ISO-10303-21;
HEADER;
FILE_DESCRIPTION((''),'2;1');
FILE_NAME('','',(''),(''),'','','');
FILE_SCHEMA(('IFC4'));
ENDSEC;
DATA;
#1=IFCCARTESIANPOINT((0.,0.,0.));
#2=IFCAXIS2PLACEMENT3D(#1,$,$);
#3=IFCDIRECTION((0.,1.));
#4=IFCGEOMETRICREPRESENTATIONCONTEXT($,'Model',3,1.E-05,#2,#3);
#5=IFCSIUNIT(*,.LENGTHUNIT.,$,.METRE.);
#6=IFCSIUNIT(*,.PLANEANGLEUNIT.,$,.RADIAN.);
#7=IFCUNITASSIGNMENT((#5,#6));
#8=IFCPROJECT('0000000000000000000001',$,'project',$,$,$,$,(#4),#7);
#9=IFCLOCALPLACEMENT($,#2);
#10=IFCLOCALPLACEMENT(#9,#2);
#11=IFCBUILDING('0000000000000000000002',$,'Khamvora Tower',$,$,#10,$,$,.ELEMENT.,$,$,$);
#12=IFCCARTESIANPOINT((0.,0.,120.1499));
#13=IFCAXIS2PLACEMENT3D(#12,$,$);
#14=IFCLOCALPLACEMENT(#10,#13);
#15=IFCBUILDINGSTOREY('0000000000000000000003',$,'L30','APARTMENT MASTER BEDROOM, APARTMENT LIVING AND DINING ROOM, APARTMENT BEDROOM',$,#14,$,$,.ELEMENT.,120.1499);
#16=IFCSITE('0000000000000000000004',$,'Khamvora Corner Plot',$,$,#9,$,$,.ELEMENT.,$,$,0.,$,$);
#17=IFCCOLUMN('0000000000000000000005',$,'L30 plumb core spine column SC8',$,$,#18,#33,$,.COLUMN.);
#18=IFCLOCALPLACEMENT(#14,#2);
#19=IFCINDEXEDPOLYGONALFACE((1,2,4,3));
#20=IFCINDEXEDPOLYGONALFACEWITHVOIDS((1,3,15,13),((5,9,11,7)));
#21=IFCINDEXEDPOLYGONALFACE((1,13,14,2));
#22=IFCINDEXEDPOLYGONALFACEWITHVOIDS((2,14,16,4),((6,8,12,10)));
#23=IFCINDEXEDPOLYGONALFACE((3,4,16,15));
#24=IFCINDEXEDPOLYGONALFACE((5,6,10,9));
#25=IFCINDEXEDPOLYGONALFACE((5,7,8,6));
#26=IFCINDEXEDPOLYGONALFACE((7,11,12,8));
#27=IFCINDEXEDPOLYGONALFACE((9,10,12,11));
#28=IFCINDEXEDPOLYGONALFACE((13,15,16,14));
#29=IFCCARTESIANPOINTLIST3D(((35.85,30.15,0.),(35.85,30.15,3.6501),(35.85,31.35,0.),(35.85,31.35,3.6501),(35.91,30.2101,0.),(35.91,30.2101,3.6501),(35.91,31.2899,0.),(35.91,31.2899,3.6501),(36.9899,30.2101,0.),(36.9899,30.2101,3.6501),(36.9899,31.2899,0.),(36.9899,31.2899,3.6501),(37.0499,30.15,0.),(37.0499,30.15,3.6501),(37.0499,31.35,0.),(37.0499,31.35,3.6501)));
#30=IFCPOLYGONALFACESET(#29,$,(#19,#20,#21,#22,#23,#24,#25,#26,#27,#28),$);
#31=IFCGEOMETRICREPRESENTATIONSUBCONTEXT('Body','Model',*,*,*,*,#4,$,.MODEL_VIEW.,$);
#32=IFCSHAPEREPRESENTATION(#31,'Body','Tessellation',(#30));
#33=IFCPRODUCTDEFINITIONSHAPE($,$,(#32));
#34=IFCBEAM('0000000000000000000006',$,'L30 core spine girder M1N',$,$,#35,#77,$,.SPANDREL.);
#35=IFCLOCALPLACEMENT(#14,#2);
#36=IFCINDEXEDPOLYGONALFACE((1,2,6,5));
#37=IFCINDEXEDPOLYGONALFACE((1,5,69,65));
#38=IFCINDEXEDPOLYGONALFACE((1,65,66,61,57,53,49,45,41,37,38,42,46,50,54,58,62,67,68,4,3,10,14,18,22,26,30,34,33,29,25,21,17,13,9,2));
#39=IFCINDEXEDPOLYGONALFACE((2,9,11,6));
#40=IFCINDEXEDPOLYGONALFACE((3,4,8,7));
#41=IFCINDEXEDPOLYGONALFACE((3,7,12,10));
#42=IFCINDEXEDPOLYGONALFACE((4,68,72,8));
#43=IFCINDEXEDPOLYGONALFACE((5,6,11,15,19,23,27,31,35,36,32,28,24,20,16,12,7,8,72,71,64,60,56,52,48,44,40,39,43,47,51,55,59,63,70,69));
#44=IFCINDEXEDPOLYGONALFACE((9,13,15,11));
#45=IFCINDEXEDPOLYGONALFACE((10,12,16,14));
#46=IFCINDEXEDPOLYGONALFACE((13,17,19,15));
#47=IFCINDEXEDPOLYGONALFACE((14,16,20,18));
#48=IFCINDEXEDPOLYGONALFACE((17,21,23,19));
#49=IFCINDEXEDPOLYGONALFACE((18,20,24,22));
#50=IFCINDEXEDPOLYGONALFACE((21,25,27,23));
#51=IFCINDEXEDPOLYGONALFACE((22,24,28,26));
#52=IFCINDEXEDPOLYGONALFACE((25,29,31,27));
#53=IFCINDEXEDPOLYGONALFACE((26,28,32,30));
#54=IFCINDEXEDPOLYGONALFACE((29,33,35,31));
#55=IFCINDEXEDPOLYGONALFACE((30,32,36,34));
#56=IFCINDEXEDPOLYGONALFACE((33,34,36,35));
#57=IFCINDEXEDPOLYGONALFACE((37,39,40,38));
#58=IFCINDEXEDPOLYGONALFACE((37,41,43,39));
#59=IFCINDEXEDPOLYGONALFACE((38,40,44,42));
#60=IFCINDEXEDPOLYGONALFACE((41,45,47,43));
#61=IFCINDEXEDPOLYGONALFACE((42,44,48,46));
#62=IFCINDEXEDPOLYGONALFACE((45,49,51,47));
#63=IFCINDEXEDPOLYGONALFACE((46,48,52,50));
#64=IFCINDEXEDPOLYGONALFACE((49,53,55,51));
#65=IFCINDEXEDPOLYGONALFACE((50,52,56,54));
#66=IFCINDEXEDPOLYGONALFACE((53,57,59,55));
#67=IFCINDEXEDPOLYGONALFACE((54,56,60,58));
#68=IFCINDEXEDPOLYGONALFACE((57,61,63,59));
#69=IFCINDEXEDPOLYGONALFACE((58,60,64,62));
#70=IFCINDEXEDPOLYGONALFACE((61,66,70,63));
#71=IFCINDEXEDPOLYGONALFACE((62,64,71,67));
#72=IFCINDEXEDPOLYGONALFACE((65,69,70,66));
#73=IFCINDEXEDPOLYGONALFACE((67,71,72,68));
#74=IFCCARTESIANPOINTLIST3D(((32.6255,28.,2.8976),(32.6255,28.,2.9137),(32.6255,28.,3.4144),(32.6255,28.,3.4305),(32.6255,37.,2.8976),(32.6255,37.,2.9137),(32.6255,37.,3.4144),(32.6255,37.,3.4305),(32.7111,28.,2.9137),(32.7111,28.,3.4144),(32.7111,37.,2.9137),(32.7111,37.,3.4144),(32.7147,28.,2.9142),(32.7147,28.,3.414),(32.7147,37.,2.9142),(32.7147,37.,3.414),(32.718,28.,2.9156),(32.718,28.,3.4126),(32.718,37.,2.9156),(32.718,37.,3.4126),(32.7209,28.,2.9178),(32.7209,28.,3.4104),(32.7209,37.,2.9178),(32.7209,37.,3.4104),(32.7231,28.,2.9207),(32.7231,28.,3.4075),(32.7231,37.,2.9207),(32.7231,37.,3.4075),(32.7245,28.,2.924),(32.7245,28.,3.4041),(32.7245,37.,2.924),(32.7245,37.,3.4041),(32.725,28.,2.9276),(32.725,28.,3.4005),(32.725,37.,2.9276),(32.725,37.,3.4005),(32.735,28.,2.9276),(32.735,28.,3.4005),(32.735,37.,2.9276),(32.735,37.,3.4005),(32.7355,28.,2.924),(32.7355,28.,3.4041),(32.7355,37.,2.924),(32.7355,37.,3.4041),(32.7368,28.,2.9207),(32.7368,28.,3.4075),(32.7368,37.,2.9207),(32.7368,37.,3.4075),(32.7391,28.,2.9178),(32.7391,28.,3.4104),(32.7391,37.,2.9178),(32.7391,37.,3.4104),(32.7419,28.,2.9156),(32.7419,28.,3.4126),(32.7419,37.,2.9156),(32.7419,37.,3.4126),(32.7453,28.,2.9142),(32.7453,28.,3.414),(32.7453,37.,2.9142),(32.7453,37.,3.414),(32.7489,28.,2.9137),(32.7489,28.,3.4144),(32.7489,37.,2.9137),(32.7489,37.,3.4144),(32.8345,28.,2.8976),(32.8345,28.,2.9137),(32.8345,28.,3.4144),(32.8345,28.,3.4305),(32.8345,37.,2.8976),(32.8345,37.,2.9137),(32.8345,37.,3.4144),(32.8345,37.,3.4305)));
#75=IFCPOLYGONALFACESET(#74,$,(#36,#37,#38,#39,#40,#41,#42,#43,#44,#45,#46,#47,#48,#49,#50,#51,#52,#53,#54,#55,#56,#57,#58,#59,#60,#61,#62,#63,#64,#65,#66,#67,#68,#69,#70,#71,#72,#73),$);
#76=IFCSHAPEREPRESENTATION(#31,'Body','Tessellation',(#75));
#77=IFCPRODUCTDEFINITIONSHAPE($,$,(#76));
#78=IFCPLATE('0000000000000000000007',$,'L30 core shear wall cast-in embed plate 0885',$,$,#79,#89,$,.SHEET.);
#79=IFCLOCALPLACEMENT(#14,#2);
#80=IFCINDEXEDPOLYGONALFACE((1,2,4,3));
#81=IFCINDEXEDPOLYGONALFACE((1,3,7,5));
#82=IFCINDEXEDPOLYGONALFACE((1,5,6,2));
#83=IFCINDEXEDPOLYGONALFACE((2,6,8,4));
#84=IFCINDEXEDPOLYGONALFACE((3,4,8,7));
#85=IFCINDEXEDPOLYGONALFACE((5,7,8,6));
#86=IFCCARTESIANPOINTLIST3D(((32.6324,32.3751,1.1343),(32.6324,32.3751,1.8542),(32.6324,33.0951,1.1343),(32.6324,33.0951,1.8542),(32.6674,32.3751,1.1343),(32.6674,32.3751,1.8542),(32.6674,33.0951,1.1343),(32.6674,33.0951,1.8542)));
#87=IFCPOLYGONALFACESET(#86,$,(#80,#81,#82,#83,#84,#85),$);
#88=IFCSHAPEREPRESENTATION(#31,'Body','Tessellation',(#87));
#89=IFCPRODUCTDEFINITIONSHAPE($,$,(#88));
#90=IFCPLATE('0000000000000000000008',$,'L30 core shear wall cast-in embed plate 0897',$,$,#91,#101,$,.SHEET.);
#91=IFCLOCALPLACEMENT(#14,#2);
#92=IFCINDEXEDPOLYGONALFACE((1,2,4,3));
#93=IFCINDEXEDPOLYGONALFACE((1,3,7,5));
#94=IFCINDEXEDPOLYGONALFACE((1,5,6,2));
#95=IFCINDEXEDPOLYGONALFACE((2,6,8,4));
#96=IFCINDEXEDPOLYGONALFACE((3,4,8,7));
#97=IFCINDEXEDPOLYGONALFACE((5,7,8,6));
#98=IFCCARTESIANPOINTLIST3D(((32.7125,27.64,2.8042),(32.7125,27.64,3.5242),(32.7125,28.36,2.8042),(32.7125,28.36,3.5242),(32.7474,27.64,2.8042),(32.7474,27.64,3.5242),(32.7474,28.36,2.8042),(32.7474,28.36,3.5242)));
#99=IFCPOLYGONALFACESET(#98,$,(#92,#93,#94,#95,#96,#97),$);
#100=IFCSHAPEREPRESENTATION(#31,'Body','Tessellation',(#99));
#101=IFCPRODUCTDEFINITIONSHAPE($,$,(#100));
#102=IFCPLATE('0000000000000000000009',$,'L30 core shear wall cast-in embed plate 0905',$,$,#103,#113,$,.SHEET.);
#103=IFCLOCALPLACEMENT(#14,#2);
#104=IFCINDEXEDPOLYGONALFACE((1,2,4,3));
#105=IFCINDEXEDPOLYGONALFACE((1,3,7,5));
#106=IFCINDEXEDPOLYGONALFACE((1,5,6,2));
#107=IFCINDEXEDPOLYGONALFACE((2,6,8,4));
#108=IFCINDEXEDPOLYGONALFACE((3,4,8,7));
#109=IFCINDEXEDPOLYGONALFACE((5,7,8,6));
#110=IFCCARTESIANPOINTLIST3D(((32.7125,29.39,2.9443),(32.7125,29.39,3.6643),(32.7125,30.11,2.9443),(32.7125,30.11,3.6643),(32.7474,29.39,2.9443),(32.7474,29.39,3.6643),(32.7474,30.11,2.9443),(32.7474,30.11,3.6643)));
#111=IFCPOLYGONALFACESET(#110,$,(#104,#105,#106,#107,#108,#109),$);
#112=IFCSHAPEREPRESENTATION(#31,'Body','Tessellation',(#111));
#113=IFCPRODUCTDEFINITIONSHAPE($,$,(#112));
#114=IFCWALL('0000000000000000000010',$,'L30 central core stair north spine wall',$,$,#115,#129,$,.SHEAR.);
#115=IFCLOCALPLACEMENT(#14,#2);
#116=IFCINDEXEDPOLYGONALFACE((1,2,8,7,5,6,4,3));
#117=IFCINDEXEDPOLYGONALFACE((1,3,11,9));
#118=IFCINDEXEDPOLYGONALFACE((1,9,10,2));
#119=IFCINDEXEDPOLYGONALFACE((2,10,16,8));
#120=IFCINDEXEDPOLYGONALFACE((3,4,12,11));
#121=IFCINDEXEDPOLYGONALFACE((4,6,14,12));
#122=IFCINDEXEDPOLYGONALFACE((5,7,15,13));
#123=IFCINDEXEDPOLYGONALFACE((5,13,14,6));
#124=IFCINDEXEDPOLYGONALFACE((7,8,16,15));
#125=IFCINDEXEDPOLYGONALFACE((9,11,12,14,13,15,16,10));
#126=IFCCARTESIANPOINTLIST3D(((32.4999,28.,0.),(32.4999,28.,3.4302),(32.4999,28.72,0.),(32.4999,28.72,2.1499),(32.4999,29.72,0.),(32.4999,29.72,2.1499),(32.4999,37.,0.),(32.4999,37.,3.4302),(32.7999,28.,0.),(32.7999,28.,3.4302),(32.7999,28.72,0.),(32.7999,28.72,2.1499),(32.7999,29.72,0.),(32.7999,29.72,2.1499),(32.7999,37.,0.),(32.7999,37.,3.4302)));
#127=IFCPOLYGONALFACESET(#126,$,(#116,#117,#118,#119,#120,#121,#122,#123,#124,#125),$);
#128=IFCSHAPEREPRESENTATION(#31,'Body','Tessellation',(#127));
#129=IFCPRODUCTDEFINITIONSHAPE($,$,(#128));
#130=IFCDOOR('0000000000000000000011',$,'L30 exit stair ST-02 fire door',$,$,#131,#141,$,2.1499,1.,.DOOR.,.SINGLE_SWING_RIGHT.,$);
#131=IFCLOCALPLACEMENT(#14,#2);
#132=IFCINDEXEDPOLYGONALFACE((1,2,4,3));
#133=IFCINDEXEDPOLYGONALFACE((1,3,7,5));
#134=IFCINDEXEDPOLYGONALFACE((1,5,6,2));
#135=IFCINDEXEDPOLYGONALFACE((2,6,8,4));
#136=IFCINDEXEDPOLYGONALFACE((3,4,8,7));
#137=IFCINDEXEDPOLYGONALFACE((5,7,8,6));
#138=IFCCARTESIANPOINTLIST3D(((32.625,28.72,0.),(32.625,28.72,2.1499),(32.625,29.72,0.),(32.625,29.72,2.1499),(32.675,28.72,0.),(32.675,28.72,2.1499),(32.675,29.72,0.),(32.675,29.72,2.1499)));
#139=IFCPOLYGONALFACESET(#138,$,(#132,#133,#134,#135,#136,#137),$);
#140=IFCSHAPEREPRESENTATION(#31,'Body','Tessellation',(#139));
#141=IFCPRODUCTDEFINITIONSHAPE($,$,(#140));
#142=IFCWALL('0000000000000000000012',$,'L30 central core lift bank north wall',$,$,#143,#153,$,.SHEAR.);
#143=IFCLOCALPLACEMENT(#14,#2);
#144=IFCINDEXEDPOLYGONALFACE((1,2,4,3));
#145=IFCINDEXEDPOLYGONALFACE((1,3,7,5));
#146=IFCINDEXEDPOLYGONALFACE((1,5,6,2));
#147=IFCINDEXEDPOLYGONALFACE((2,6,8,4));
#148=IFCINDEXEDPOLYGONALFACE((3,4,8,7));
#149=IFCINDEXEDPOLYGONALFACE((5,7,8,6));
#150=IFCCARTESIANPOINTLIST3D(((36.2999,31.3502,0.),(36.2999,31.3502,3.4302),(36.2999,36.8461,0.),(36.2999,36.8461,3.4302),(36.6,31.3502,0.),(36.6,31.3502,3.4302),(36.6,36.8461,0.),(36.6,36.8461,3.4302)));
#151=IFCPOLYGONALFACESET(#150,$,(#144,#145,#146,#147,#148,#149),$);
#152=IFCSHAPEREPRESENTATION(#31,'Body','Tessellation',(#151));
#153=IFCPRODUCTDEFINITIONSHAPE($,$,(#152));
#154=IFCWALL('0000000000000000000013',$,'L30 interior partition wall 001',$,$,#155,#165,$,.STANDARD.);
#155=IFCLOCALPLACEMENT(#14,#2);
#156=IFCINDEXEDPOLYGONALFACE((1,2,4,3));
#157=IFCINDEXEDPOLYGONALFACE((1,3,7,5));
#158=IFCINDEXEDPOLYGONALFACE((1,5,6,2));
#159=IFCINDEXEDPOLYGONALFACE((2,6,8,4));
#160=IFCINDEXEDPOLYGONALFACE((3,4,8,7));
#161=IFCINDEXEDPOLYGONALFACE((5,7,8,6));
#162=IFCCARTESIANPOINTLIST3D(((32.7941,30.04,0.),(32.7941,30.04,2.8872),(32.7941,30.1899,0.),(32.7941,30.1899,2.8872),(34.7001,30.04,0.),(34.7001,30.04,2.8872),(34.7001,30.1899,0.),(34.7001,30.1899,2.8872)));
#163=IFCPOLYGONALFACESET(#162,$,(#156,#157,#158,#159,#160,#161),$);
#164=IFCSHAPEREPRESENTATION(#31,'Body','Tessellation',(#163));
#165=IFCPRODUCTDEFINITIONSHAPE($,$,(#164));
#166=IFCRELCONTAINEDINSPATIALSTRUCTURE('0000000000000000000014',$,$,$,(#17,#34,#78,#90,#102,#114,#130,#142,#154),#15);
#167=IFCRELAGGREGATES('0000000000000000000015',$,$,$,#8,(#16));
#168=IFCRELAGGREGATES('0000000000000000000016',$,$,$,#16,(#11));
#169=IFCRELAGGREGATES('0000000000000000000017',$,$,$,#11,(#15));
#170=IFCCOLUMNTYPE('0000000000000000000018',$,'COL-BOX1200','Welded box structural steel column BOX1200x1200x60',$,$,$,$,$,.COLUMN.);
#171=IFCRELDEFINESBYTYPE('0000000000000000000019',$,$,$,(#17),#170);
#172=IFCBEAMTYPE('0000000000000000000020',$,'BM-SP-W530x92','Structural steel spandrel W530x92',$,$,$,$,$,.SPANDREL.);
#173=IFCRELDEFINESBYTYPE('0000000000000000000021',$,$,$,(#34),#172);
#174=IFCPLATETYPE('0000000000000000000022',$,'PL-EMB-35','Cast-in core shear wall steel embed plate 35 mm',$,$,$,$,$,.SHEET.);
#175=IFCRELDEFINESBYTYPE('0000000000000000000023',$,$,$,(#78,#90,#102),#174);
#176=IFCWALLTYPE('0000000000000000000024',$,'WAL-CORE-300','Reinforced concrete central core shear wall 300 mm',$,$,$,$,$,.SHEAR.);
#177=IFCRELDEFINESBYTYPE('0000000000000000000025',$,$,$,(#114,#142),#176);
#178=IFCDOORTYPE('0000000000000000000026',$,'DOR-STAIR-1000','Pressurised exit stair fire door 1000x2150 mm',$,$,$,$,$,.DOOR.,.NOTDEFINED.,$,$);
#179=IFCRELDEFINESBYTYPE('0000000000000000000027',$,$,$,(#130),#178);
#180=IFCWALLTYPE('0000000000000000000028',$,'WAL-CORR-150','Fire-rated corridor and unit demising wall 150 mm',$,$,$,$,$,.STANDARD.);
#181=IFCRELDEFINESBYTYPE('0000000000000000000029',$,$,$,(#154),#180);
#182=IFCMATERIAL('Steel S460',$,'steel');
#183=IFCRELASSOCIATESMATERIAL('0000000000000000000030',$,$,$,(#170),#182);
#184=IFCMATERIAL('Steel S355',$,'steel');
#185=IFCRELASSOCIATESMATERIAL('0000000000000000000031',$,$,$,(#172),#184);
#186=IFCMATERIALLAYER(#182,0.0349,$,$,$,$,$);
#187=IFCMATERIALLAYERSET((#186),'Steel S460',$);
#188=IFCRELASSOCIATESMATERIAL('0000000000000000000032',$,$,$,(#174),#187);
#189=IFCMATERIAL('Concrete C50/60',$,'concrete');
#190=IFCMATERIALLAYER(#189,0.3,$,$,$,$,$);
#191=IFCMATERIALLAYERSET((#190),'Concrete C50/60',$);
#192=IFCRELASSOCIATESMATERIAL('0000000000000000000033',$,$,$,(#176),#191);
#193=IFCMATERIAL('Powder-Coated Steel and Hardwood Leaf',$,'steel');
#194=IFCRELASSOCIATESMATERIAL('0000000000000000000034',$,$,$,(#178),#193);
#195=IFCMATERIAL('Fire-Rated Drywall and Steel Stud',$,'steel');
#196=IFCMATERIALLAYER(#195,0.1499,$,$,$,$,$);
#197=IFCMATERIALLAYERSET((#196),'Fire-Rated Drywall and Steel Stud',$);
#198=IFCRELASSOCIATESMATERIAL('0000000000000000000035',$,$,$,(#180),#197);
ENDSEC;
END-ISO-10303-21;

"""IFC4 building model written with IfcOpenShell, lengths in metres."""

from ifc_helpers import new_model, si_unit, direction, frame, frame_2d, origin, origin_2d, place, context, subcontext, project, spatial, rectangle, hollow_rectangle, i_section, extrude, material, layer, layer_set, material_profile, profile_set, type_object, element, fill, save


model = new_model("IFC4")

# Units and contexts
model_context = context("Model", 3, precision=1e-05, world=origin(), true_north=direction((0.0, 1.0)))
body_context = subcontext(model_context, "Body", "Model", "MODEL_VIEW")
ifc_project = project(units=[si_unit("LENGTHUNIT", "METRE"), si_unit("PLANEANGLEUNIT", "RADIAN")], contexts=[model_context])

# Site, building, storey
site_placement = place(None, origin())
site = spatial("IfcSite", under=ifc_project, at=site_placement, Name="Khamvora Corner Plot", CompositionType="ELEMENT", RefElevation=0.0)
building_placement = place(site_placement, origin())
building = spatial("IfcBuilding", under=site, at=building_placement, Name="Khamvora Tower", CompositionType="ELEMENT")
storey_placement = place(building_placement, frame((0.0, 0.0, 120.1499)))
storey = spatial("IfcBuildingStorey", under=building, at=storey_placement, Name="L30", Description="APARTMENT MASTER BEDROOM, APARTMENT LIVING AND DINING ROOM, APARTMENT BEDROOM", CompositionType="ELEMENT", Elevation=120.1499)

# Column
ifc_material_1 = material(Name="Steel S460", Category="steel")
ifc_material_profile_1 = material_profile(ifc_material_1, hollow_rectangle(XDim=1.2, YDim=1.2, WallThickness=0.0601, at=origin_2d()), Name="BOX1200x1200x60")
ifc_profile_set_1 = profile_set([ifc_material_profile_1], Name="Steel S460")
column_type = type_object("IfcColumnType", Name="COL-BOX1200", Description="Welded box structural steel column BOX1200x1200x60", PredefinedType="COLUMN", material=ifc_profile_set_1)
column_placement = place(storey_placement, frame((36.45, 30.75, 0.0), z_axis=(0.0, 0.0, 1.0), x_axis=(1.0, 0.0, 0.0)))
element("IfcColumn", 1, at=column_placement, inside=storey, type_object=column_type, Name="L30 plumb core spine column SC8", PredefinedType="COLUMN", context=body_context, shape_type="SweptSolid", body=[
    extrude(hollow_rectangle(XDim=1.2, YDim=1.2, WallThickness=0.0601, at=origin_2d()), origin(), (0.0, 0.0, 1.0), 3.6501),
])

# Beam
ifc_material_2 = material(Name="Steel S355", Category="steel")
ifc_material_profile_2 = material_profile(ifc_material_2, i_section(OverallWidth=0.209, OverallDepth=0.533, WebThickness=0.01, FlangeThickness=0.0161, FilletRadius=0.0139, at=origin_2d()), Name="W530x92")
ifc_profile_set_2 = profile_set([ifc_material_profile_2], Name="Steel S355")
beam_type = type_object("IfcBeamType", Name="BM-SP-W530x92", Description="Structural steel spandrel W530x92", PredefinedType="SPANDREL", material=ifc_profile_set_2)
beam_placement = place(storey_placement, frame((32.73, 28.0, 3.1641), z_axis=(0.0, 1.0, 0.0), x_axis=(-1.0, 0.0, 0.0)))
element("IfcBeam", 2, at=beam_placement, inside=storey, type_object=beam_type, Name="L30 core spine girder M1N", PredefinedType="SPANDREL", context=body_context, shape_type="SweptSolid", body=[
    extrude(i_section(OverallWidth=0.209, OverallDepth=0.533, WebThickness=0.01, FlangeThickness=0.0161, FilletRadius=0.0139, at=origin_2d()), origin(), (0.0, 0.0, 1.0), 9.0),
])

# Plates
ifc_layer_1 = layer(ifc_material_1, 0.0349)
ifc_layer_set_1 = layer_set([ifc_layer_1], Name="Steel S460")
plate_type = type_object("IfcPlateType", Name="PL-EMB-35", Description="Cast-in core shear wall steel embed plate 35 mm", PredefinedType="SHEET", material=ifc_layer_set_1)
for number, where, z_axis, x_axis, name in (
    (3, (32.6499, 32.7351, 1.1343), (0.0, 0.0, 1.0), (1.0, 0.0, 0.0), "L30 core shear wall cast-in embed plate 0885"),
    (4, (32.73, 28.0, 2.8042), (0.0, 0.0, 1.0), (1.0, 0.0, 0.0), "L30 core shear wall cast-in embed plate 0897"),
    (5, (32.73, 29.75, 2.9443), (0.0, 0.0, 1.0), (1.0, 0.0, 0.0), "L30 core shear wall cast-in embed plate 0905"),
):
    element("IfcPlate", number, at=place(storey_placement, frame(where, z_axis=z_axis, x_axis=x_axis)), inside=storey, type_object=plate_type, Name=name, PredefinedType="SHEET", context=body_context, shape_type="SweptSolid", body=[
        extrude(rectangle(XDim=0.0349, YDim=0.72, at=origin_2d()), origin(), (0.0, 0.0, 1.0), 0.72),
    ])

# Wall, opening, door
ifc_material_3 = material(Name="Concrete C50/60", Category="concrete")
ifc_layer_2 = layer(ifc_material_3, 0.3)
ifc_layer_set_2 = layer_set([ifc_layer_2], Name="Concrete C50/60")
wall_type_1 = type_object("IfcWallType", Name="WAL-CORE-300", Description="Reinforced concrete central core shear wall 300 mm", PredefinedType="SHEAR", material=ifc_layer_set_2)
wall_1_placement = place(storey_placement, frame((32.6499, 28.0, 0.0), z_axis=(0.0, 0.0, 1.0), x_axis=(0.0, 1.0, 0.0)))
wall_1 = element("IfcWall", 6, at=wall_1_placement, inside=storey, type_object=wall_type_1, Name="L30 central core stair north spine wall", PredefinedType="SHEAR", context=body_context, shape_type="SweptSolid", body=[
    extrude(rectangle(XDim=9.0, YDim=0.3, at=frame_2d((4.5, 0.0))), origin(), (0.0, 0.0, 1.0), 3.4302),
])
opening_1_placement = place(wall_1_placement, frame((0.72, 0.0, 0.0)))
opening_1 = element("IfcOpeningElement", 7, at=opening_1_placement, cuts=wall_1, PredefinedType="OPENING", context=body_context, shape_type="SweptSolid", body=[
    extrude(rectangle(XDim=1.0, YDim=2.1499, at=frame_2d((0.5, 1.075))), frame((0.0, 0.1599, 0.0), z_axis=(0.0, -1.0, 0.0), x_axis=(1.0, 0.0, 0.0)), (0.0, 0.0, 1.0), 0.3201),
])
ifc_material_4 = material(Name="Powder-Coated Steel and Hardwood Leaf", Category="steel")
door_type_1 = type_object("IfcDoorType", Name="DOR-STAIR-1000", Description="Pressurised exit stair fire door 1000x2150 mm", OperationType="NOTDEFINED", PredefinedType="DOOR", material=ifc_material_4)
door_1_placement = place(opening_1_placement, origin())
door_1 = element("IfcDoor", 8, at=door_1_placement, inside=storey, type_object=door_type_1, Name="L30 exit stair ST-02 fire door", OperationType="SINGLE_SWING_RIGHT", OverallHeight=2.1499, OverallWidth=1.0, PredefinedType="DOOR", context=body_context, shape_type="SweptSolid", body=[
    extrude(rectangle(XDim=1.0, YDim=2.1499, at=frame_2d((0.5, 1.075))), frame((0.0, 0.0249, 0.0), z_axis=(0.0, -1.0, 0.0), x_axis=(1.0, 0.0, 0.0)), (0.0, 0.0, 1.0), 0.05),
])
fill(opening_1, door_1)

# Walls
wall_2_placement = place(storey_placement, frame((36.45, 31.3501, 0.0), z_axis=(0.0, 0.0, 1.0), x_axis=(0.0, 1.0, 0.0)))
element("IfcWall", 9, at=wall_2_placement, inside=storey, type_object=wall_type_1, Name="L30 central core lift bank north wall", PredefinedType="SHEAR", context=body_context, shape_type="SweptSolid", body=[
    extrude(rectangle(XDim=5.4958, YDim=0.3, at=frame_2d((2.748, 0.0))), origin(), (0.0, 0.0, 1.0), 3.4302),
])
ifc_material_5 = material(Name="Fire-Rated Drywall and Steel Stud", Category="steel")
ifc_layer_3 = layer(ifc_material_5, 0.1499)
ifc_layer_set_3 = layer_set([ifc_layer_3], Name="Fire-Rated Drywall and Steel Stud")
wall_type_2 = type_object("IfcWallType", Name="WAL-CORR-150", Description="Fire-rated corridor and unit demising wall 150 mm", PredefinedType="STANDARD", material=ifc_layer_set_3)
wall_3_placement = place(storey_placement, frame((32.7939, 30.115, 0.0), z_axis=(0.0, 0.0, 1.0), x_axis=(1.0, 0.0, 0.0)))
element("IfcWall", 10, at=wall_3_placement, inside=storey, type_object=wall_type_2, Name="L30 interior partition wall 001", PredefinedType="STANDARD", context=body_context, shape_type="SweptSolid", body=[
    extrude(rectangle(XDim=1.906, YDim=0.1499, at=frame_2d((0.9531, 0.0))), origin(), (0.0, 0.0, 1.0), 2.8872),
])

save(model, "model.ifc")
